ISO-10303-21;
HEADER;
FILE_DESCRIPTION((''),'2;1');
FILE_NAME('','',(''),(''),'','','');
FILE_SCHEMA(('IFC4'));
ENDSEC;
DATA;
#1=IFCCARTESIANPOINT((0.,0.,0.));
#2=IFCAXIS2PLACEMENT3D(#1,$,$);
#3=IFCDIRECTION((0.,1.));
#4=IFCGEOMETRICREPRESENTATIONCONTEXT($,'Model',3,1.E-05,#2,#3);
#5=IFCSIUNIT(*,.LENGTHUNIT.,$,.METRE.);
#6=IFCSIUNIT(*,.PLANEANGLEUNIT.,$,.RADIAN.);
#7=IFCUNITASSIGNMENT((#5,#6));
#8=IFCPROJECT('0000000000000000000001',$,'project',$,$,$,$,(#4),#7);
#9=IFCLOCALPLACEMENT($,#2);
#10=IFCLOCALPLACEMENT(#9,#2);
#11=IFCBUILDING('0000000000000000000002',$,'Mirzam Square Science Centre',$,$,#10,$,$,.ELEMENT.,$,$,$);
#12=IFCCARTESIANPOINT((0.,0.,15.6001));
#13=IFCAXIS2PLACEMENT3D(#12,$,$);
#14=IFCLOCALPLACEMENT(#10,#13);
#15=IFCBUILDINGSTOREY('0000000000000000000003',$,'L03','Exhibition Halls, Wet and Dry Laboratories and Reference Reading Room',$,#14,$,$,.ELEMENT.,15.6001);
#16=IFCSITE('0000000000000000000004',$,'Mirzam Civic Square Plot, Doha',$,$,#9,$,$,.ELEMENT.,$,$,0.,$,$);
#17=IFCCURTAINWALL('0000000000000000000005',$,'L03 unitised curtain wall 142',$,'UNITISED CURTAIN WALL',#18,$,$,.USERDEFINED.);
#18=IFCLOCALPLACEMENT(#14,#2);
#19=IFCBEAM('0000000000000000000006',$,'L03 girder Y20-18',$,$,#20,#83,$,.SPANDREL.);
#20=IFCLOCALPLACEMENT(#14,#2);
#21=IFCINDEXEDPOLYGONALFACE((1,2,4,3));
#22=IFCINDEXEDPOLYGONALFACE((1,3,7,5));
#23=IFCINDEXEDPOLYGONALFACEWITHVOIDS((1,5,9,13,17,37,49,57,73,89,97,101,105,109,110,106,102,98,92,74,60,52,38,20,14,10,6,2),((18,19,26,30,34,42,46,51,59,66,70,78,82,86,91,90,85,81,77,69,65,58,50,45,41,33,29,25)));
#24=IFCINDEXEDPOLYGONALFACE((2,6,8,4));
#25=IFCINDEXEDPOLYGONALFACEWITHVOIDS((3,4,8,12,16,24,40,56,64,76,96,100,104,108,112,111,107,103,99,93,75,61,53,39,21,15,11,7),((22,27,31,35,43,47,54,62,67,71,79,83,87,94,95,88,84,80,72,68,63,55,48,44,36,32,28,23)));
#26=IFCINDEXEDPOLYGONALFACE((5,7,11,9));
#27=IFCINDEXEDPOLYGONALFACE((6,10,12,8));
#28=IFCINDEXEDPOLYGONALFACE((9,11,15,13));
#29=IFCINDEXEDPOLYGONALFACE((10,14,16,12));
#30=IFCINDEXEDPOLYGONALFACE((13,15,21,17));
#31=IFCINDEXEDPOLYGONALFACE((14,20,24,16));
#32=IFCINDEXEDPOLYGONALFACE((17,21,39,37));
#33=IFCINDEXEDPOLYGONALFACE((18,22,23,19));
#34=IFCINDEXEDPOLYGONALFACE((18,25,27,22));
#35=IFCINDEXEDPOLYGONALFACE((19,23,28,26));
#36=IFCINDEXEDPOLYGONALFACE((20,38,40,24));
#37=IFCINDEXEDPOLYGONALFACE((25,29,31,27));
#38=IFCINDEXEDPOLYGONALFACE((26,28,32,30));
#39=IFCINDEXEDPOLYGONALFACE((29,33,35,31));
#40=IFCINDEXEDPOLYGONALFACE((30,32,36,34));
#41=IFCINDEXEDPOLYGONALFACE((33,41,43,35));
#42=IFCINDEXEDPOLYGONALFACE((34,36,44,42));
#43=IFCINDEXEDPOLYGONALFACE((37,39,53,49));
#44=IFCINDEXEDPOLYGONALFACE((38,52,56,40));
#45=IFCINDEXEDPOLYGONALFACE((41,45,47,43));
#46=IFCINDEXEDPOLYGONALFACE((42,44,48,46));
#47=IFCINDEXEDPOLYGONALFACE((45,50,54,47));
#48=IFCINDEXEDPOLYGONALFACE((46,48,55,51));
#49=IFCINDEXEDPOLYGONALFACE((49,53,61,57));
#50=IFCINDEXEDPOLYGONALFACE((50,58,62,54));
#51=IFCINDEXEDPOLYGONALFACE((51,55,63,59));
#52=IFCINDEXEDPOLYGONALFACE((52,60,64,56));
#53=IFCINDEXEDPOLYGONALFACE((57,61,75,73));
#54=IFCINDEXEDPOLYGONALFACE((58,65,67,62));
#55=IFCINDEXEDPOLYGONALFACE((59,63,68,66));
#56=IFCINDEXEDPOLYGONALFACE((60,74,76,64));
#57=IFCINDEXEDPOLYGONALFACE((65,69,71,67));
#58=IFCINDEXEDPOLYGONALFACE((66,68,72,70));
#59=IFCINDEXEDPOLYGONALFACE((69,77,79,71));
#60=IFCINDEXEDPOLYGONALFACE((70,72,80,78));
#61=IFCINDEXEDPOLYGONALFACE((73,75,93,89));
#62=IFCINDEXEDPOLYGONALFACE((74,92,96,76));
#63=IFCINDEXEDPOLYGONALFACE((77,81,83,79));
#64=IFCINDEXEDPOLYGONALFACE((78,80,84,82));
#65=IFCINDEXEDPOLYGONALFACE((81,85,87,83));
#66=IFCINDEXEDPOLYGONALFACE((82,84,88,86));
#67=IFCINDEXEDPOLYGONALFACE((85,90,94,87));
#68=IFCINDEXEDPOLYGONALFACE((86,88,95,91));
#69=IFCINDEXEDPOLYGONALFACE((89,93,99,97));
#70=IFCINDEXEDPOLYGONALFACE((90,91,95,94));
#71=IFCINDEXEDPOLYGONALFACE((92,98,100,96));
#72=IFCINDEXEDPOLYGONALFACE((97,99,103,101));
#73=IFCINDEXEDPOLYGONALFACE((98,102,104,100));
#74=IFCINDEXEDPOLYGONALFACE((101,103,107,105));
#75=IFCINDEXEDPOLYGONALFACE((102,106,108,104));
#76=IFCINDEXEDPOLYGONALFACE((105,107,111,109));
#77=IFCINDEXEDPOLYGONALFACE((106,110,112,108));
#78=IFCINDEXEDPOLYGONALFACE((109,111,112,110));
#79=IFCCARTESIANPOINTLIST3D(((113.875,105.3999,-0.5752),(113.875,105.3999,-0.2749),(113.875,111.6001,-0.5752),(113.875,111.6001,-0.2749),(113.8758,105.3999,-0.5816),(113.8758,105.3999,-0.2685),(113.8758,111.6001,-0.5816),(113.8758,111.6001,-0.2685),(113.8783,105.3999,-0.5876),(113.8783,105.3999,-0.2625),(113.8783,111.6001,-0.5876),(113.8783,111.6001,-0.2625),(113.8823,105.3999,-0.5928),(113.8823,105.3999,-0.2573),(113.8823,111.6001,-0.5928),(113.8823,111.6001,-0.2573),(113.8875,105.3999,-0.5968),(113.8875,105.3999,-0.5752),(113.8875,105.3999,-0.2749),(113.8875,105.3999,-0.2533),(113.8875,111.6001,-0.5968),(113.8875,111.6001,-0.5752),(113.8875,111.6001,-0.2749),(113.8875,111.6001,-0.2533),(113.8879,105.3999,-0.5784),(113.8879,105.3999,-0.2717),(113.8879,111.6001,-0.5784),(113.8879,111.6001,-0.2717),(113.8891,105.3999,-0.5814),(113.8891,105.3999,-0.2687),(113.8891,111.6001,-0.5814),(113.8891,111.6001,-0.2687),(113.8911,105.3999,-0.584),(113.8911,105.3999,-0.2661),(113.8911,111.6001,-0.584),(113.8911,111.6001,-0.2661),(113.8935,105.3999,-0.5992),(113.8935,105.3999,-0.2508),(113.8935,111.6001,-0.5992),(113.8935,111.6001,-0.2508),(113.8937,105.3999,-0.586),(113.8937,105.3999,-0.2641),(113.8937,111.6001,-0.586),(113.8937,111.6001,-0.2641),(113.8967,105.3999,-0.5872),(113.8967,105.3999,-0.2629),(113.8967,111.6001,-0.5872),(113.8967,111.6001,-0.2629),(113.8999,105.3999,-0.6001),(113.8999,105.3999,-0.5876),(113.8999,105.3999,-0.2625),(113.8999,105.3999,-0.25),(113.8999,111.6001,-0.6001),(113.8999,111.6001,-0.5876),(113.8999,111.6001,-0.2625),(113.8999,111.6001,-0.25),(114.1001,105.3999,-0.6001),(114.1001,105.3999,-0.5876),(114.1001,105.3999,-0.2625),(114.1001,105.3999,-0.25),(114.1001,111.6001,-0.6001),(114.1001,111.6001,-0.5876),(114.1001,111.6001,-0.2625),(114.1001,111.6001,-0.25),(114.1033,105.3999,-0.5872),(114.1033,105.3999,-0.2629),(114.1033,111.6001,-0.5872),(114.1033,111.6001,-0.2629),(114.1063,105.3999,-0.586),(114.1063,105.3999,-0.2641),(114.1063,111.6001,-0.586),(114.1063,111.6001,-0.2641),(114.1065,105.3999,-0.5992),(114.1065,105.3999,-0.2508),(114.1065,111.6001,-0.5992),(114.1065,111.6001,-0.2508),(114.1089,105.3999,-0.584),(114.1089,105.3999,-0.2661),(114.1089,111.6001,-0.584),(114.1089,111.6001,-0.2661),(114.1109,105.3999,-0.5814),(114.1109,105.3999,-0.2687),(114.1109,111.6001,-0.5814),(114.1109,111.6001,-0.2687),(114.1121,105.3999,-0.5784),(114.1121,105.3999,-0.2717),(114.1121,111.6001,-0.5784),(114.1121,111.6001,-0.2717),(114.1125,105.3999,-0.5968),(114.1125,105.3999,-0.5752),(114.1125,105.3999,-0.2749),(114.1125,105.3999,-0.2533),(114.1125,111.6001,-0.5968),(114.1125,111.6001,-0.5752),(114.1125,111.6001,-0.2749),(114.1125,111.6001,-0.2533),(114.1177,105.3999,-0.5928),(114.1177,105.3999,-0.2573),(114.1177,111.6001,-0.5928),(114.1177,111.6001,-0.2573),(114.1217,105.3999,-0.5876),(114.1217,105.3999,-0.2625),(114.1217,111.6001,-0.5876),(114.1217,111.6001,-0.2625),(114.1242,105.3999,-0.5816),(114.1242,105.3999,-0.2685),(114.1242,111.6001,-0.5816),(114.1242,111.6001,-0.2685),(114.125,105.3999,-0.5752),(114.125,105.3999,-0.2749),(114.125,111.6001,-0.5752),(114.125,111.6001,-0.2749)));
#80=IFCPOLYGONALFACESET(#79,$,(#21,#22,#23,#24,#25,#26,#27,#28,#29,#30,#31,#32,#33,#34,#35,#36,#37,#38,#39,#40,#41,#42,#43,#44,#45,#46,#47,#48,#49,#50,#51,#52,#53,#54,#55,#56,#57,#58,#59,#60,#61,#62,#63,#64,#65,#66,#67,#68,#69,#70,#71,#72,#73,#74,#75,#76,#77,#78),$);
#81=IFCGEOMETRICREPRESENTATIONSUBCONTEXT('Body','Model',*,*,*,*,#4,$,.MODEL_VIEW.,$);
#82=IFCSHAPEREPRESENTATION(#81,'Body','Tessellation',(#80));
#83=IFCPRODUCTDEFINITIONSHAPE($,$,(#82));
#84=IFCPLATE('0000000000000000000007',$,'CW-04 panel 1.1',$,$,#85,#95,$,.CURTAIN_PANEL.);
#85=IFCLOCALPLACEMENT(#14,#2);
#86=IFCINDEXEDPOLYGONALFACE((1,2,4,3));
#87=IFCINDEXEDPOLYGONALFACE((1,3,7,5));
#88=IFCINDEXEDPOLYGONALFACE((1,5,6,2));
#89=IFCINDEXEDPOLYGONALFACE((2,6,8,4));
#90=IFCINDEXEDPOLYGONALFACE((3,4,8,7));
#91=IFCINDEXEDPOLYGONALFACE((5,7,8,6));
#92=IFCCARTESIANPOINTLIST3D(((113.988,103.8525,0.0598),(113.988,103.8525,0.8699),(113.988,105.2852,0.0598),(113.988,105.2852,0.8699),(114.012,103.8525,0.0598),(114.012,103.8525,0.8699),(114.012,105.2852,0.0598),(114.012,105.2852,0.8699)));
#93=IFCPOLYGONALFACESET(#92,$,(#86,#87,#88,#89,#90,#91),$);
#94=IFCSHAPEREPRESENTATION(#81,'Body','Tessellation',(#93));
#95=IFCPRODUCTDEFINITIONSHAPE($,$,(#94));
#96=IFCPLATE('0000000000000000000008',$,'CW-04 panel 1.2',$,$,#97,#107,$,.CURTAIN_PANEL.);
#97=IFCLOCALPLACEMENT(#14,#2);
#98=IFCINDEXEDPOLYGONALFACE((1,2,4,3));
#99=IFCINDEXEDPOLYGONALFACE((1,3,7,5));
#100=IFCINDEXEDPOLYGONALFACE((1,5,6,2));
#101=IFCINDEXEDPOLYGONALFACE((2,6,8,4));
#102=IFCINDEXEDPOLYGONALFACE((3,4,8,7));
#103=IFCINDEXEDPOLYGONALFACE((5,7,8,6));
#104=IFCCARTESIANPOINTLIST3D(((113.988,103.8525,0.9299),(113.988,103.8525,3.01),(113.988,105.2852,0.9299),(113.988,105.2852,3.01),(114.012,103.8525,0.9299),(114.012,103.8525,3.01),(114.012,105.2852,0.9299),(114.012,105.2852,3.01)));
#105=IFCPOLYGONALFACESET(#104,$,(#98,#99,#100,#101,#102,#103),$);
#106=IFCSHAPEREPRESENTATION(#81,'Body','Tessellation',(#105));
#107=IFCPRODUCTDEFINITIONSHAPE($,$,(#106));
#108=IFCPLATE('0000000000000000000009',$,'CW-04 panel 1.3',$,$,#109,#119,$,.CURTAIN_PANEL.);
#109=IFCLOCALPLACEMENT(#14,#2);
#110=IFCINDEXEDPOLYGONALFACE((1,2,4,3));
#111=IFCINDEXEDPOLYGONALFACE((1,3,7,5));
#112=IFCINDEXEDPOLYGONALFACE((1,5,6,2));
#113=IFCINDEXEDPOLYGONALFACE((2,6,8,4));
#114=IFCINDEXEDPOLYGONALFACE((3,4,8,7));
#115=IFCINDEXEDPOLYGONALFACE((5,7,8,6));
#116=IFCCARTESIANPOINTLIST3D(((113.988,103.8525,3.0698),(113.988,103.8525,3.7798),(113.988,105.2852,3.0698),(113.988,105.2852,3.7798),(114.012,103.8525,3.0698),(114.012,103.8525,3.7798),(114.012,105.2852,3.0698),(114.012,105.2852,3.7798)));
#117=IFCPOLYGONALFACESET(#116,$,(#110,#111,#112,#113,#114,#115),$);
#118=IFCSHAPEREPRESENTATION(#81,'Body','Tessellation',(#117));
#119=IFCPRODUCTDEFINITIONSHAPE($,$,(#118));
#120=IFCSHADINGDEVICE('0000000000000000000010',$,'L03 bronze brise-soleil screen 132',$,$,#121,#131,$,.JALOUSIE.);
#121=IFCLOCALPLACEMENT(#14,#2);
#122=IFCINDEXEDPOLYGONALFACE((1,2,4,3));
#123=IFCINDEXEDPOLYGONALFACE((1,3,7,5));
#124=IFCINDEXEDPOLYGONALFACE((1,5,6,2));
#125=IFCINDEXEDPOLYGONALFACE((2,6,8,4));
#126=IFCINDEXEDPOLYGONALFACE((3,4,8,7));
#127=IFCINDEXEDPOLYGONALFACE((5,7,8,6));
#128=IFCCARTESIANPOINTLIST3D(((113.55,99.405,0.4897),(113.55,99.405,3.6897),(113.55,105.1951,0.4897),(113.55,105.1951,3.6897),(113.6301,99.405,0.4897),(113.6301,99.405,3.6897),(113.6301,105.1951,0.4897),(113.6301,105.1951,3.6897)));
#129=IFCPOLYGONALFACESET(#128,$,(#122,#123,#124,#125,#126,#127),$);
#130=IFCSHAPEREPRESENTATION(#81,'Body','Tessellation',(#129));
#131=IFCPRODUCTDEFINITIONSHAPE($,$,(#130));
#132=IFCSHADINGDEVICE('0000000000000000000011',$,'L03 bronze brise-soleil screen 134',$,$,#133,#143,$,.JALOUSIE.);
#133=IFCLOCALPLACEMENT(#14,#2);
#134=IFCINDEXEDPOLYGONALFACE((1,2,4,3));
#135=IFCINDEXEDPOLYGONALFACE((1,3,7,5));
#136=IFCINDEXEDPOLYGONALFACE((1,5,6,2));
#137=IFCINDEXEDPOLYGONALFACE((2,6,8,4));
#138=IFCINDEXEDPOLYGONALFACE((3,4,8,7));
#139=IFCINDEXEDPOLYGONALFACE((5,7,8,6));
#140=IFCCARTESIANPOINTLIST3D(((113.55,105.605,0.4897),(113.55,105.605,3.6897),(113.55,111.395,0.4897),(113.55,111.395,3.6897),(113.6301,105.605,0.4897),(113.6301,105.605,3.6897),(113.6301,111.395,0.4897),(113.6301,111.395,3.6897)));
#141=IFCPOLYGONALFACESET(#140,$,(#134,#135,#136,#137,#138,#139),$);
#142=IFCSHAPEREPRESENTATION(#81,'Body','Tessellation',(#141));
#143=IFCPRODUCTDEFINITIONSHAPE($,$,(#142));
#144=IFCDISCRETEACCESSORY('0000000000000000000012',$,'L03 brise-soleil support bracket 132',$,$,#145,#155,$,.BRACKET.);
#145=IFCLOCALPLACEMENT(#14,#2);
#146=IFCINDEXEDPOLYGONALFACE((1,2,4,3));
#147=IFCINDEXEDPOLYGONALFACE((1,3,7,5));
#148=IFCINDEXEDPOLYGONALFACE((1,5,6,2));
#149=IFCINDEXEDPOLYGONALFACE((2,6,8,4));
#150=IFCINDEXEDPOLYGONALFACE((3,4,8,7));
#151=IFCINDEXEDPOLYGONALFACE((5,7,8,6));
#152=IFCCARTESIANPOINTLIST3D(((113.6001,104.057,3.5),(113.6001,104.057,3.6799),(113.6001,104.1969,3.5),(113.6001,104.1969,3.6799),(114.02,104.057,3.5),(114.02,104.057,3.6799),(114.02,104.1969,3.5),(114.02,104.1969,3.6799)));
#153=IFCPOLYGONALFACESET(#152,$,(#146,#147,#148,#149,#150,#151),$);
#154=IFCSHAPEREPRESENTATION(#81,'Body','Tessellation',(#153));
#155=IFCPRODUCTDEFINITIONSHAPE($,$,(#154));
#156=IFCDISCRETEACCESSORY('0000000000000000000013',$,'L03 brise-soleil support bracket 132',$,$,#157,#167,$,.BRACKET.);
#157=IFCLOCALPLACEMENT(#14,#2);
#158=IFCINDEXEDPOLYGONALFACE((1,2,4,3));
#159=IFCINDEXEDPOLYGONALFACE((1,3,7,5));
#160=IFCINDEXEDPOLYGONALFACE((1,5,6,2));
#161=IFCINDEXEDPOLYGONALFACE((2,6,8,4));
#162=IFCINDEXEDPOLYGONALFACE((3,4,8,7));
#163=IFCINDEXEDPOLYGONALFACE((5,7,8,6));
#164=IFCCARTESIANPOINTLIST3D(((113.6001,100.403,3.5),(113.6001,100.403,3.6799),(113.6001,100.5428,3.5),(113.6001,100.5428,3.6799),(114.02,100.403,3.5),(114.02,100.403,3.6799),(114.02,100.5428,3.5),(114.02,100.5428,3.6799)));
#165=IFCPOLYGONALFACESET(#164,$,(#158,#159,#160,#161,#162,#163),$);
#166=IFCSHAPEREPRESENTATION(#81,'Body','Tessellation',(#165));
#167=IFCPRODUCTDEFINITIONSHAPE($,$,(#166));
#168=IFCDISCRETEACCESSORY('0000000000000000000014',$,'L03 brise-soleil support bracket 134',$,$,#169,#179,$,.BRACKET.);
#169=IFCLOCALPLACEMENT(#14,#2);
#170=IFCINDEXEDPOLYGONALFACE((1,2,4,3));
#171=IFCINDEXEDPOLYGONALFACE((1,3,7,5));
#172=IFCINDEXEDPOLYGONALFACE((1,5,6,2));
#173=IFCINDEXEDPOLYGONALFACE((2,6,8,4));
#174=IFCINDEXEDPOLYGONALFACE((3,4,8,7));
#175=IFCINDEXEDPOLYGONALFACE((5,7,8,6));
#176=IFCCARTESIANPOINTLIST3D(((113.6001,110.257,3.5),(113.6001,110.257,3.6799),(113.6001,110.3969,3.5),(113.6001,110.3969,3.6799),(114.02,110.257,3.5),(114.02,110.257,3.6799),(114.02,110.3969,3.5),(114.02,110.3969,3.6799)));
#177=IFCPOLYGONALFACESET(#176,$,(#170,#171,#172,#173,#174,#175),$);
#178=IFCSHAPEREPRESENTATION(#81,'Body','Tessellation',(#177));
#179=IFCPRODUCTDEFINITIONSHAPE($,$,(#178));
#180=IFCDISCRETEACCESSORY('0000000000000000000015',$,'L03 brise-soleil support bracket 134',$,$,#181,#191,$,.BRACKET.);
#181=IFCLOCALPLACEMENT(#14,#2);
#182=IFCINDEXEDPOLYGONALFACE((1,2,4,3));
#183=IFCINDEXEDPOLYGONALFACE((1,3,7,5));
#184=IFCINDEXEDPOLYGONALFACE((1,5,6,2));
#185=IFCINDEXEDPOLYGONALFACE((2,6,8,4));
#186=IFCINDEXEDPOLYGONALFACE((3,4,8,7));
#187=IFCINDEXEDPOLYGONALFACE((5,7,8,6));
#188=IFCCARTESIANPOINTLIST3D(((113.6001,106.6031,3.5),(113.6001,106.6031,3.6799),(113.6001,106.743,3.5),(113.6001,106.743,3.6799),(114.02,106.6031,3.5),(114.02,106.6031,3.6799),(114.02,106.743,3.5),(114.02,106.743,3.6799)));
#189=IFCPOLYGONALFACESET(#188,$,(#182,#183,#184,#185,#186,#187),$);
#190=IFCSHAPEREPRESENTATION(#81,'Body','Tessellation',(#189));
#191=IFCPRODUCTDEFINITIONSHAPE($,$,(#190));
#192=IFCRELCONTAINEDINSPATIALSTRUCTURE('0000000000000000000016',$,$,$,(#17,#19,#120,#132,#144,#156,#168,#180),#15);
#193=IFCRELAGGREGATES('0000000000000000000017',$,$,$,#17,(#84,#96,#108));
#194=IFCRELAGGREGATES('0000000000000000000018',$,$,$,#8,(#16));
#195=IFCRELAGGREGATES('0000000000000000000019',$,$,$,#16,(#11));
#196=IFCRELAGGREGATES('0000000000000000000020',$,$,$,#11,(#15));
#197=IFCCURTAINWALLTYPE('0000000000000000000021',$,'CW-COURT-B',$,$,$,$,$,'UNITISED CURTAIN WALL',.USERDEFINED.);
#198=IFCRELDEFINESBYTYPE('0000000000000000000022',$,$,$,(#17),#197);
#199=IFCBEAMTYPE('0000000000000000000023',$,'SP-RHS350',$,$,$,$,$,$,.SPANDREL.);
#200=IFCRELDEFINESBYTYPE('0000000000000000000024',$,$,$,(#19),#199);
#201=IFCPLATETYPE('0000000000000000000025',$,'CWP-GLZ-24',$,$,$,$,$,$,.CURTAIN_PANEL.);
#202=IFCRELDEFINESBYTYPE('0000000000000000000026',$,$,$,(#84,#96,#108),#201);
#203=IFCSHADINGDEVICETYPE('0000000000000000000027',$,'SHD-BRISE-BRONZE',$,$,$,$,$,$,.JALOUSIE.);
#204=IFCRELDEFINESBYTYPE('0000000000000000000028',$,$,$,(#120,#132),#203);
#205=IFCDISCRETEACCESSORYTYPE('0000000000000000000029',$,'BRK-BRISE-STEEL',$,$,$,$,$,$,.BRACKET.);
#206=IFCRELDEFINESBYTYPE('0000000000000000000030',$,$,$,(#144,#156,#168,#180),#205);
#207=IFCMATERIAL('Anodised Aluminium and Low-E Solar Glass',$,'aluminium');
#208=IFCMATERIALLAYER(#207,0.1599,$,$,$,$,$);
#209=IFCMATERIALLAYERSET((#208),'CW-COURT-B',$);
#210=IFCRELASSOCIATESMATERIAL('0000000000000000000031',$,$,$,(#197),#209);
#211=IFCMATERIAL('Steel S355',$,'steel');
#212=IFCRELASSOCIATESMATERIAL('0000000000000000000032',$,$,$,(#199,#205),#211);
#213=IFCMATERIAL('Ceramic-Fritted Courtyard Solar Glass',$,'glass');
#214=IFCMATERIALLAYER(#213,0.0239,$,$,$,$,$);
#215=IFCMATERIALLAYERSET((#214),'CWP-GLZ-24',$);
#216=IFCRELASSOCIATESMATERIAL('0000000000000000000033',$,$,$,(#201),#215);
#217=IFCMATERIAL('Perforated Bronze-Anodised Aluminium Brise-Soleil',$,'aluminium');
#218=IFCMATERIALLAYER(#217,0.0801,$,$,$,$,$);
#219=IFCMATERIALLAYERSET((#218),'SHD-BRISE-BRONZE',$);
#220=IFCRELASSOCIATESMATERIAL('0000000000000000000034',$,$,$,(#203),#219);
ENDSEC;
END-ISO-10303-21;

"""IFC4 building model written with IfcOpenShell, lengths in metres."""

from ifc_helpers import new_model, si_unit, direction, frame, origin, origin_2d, place, context, subcontext, project, spatial, rectangle, hollow_rectangle, extrude, material, layer, layer_set, material_profile, profile_set, type_object, element, aggregate, save


model = new_model("IFC4")

# Units and contexts
model_context = context("Model", 3, precision=1e-05, world=origin(), true_north=direction((0.0, 1.0)))
body_context = subcontext(model_context, "Body", "Model", "MODEL_VIEW")
ifc_project = project(units=[si_unit("LENGTHUNIT", "METRE"), si_unit("PLANEANGLEUNIT", "RADIAN")], contexts=[model_context])

# Site, building, storey
site_placement = place(None, origin())
site = spatial("IfcSite", under=ifc_project, at=site_placement, Name="Mirzam Civic Square Plot, Doha", CompositionType="ELEMENT", RefElevation=0.0)
building_placement = place(site_placement, origin())
building = spatial("IfcBuilding", under=site, at=building_placement, Name="Mirzam Square Science Centre", CompositionType="ELEMENT")
storey_placement = place(building_placement, frame((0.0, 0.0, 15.6001)))
storey = spatial("IfcBuildingStorey", under=building, at=storey_placement, Name="L03", Description="Exhibition Halls, Wet and Dry Laboratories and Reference Reading Room", CompositionType="ELEMENT", Elevation=15.6001)

# Shared definitions
ifc_material_1 = material(Name="Steel S355", Category="steel")

# Curtain wall
ifc_material_2 = material(Name="Anodised Aluminium and Low-E Solar Glass", Category="aluminium")
ifc_layer_1 = layer(ifc_material_2, 0.1599)
ifc_layer_set_1 = layer_set([ifc_layer_1], Name="CW-COURT-B")
curtain_wall_type = type_object("IfcCurtainWallType", Name="CW-COURT-B", ElementType="UNITISED CURTAIN WALL", PredefinedType="USERDEFINED", material=ifc_layer_set_1)
curtain_wall_placement = place(storey_placement, origin())
curtain_wall = element("IfcCurtainWall", 1, at=curtain_wall_placement, inside=storey, type_object=curtain_wall_type, Name="L03 unitised curtain wall 142", ObjectType="UNITISED CURTAIN WALL", PredefinedType="USERDEFINED")

# Beam
ifc_material_profile_1 = material_profile(ifc_material_1, hollow_rectangle(XDim=0.25, YDim=0.3501, WallThickness=0.0125, InnerFilletRadius=0.0125, OuterFilletRadius=0.0249, at=origin_2d()), Name="350x250x12.5RHS")
ifc_profile_set_1 = profile_set([ifc_material_profile_1], Name="Steel S355")
beam_type_1 = type_object("IfcBeamType", Name="SP-RHS350", PredefinedType="SPANDREL", material=ifc_profile_set_1)
beam_1_placement = place(storey_placement, frame((114.0, 105.3999, -0.425), z_axis=(0.0, 1.0, 0.0), x_axis=(-1.0, 0.0, 0.0)))
element("IfcBeam", 2, at=beam_1_placement, inside=storey, type_object=beam_type_1, Name="L03 girder Y20-18", PredefinedType="SPANDREL", context=body_context, shape_type="SweptSolid", body=[
    extrude(hollow_rectangle(XDim=0.25, YDim=0.3501, WallThickness=0.0125, InnerFilletRadius=0.0125, OuterFilletRadius=0.0249, at=origin_2d()), origin(), (0.0, 0.0, 1.0), 6.2002),
])

# Plates
ifc_material_3 = material(Name="Ceramic-Fritted Courtyard Solar Glass", Category="glass")
ifc_layer_2 = layer(ifc_material_3, 0.0239)
ifc_layer_set_2 = layer_set([ifc_layer_2], Name="CWP-GLZ-24")
plate_type = type_object("IfcPlateType", Name="CWP-GLZ-24", PredefinedType="CURTAIN_PANEL", material=ifc_layer_set_2)
plate_1_placement = place(storey_placement, frame((114.0, 104.5688, 0.0598), z_axis=(0.0, 0.0, 1.0), x_axis=(0.0, -1.0, 0.0)))
plate_1 = element("IfcPlate", 3, at=plate_1_placement, type_object=plate_type, Name="CW-04 panel 1.1", PredefinedType="CURTAIN_PANEL", context=body_context, shape_type="SweptSolid", body=[
    extrude(rectangle(XDim=1.4326, YDim=0.0239, at=origin_2d()), origin(), (0.0, 0.0, 1.0), 0.8101),
])
plate_2_placement = place(storey_placement, frame((114.0, 104.5688, 0.9299), z_axis=(0.0, 0.0, 1.0), x_axis=(0.0, -1.0, 0.0)))
plate_2 = element("IfcPlate", 4, at=plate_2_placement, type_object=plate_type, Name="CW-04 panel 1.2", PredefinedType="CURTAIN_PANEL", context=body_context, shape_type="SweptSolid", body=[
    extrude(rectangle(XDim=1.4326, YDim=0.0239, at=origin_2d()), origin(), (0.0, 0.0, 1.0), 2.0801),
])
plate_3_placement = place(storey_placement, frame((114.0, 104.5688, 3.0698), z_axis=(0.0, 0.0, 1.0), x_axis=(0.0, -1.0, 0.0)))
plate_3 = element("IfcPlate", 5, at=plate_3_placement, type_object=plate_type, Name="CW-04 panel 1.3", PredefinedType="CURTAIN_PANEL", context=body_context, shape_type="SweptSolid", body=[
    extrude(rectangle(XDim=1.4326, YDim=0.0239, at=origin_2d()), origin(), (0.0, 0.0, 1.0), 0.71),
])
aggregate(curtain_wall, [plate_1, plate_2, plate_3])

# Shading devices
ifc_material_4 = material(Name="Perforated Bronze-Anodised Aluminium Brise-Soleil", Category="aluminium")
ifc_layer_3 = layer(ifc_material_4, 0.0801)
ifc_layer_set_3 = layer_set([ifc_layer_3], Name="SHD-BRISE-BRONZE")
shading_device_type = type_object("IfcShadingDeviceType", Name="SHD-BRISE-BRONZE", PredefinedType="JALOUSIE", material=ifc_layer_set_3)
for number, where, z_axis, x_axis, name in (
    (6, (113.5901, 102.3, 0.4897), (0.0, 0.0, 1.0), (0.0, -1.0, 0.0), "L03 bronze brise-soleil screen 132"),
    (7, (113.5901, 108.5, 0.4897), (0.0, 0.0, 1.0), (0.0, -1.0, 0.0), "L03 bronze brise-soleil screen 134"),
):
    element("IfcShadingDevice", number, at=place(storey_placement, frame(where, z_axis=z_axis, x_axis=x_axis)), inside=storey, type_object=shading_device_type, Name=name, PredefinedType="JALOUSIE", context=body_context, shape_type="SweptSolid", body=[
        extrude(rectangle(XDim=5.79, YDim=0.0801, at=origin_2d()), origin(), (0.0, 0.0, 1.0), 3.2),
    ])

# Discrete accessories
discrete_accessory_type = type_object("IfcDiscreteAccessoryType", Name="BRK-BRISE-STEEL", PredefinedType="BRACKET", material=ifc_material_1)
for number, where, z_axis, x_axis, name in (
    (8, (113.8101, 104.127, 3.5), (0.0, 0.0, 1.0), (0.0, -1.0, 0.0), "L03 brise-soleil support bracket 132"),
    (9, (113.8101, 100.4729, 3.5), (0.0, 0.0, 1.0), (0.0, -1.0, 0.0), "L03 brise-soleil support bracket 132"),
    (10, (113.8101, 110.3269, 3.5), (0.0, 0.0, 1.0), (0.0, -1.0, 0.0), "L03 brise-soleil support bracket 134"),
    (11, (113.8101, 106.6731, 3.5), (0.0, 0.0, 1.0), (0.0, -1.0, 0.0), "L03 brise-soleil support bracket 134"),
):
    element("IfcDiscreteAccessory", number, at=place(storey_placement, frame(where, z_axis=z_axis, x_axis=x_axis)), inside=storey, type_object=discrete_accessory_type, Name=name, PredefinedType="BRACKET", context=body_context, shape_type="SweptSolid", body=[
        extrude(rectangle(XDim=0.1399, YDim=0.4199, at=origin_2d()), origin(), (0.0, 0.0, 1.0), 0.1799),
    ])

save(model, "model.ifc")
